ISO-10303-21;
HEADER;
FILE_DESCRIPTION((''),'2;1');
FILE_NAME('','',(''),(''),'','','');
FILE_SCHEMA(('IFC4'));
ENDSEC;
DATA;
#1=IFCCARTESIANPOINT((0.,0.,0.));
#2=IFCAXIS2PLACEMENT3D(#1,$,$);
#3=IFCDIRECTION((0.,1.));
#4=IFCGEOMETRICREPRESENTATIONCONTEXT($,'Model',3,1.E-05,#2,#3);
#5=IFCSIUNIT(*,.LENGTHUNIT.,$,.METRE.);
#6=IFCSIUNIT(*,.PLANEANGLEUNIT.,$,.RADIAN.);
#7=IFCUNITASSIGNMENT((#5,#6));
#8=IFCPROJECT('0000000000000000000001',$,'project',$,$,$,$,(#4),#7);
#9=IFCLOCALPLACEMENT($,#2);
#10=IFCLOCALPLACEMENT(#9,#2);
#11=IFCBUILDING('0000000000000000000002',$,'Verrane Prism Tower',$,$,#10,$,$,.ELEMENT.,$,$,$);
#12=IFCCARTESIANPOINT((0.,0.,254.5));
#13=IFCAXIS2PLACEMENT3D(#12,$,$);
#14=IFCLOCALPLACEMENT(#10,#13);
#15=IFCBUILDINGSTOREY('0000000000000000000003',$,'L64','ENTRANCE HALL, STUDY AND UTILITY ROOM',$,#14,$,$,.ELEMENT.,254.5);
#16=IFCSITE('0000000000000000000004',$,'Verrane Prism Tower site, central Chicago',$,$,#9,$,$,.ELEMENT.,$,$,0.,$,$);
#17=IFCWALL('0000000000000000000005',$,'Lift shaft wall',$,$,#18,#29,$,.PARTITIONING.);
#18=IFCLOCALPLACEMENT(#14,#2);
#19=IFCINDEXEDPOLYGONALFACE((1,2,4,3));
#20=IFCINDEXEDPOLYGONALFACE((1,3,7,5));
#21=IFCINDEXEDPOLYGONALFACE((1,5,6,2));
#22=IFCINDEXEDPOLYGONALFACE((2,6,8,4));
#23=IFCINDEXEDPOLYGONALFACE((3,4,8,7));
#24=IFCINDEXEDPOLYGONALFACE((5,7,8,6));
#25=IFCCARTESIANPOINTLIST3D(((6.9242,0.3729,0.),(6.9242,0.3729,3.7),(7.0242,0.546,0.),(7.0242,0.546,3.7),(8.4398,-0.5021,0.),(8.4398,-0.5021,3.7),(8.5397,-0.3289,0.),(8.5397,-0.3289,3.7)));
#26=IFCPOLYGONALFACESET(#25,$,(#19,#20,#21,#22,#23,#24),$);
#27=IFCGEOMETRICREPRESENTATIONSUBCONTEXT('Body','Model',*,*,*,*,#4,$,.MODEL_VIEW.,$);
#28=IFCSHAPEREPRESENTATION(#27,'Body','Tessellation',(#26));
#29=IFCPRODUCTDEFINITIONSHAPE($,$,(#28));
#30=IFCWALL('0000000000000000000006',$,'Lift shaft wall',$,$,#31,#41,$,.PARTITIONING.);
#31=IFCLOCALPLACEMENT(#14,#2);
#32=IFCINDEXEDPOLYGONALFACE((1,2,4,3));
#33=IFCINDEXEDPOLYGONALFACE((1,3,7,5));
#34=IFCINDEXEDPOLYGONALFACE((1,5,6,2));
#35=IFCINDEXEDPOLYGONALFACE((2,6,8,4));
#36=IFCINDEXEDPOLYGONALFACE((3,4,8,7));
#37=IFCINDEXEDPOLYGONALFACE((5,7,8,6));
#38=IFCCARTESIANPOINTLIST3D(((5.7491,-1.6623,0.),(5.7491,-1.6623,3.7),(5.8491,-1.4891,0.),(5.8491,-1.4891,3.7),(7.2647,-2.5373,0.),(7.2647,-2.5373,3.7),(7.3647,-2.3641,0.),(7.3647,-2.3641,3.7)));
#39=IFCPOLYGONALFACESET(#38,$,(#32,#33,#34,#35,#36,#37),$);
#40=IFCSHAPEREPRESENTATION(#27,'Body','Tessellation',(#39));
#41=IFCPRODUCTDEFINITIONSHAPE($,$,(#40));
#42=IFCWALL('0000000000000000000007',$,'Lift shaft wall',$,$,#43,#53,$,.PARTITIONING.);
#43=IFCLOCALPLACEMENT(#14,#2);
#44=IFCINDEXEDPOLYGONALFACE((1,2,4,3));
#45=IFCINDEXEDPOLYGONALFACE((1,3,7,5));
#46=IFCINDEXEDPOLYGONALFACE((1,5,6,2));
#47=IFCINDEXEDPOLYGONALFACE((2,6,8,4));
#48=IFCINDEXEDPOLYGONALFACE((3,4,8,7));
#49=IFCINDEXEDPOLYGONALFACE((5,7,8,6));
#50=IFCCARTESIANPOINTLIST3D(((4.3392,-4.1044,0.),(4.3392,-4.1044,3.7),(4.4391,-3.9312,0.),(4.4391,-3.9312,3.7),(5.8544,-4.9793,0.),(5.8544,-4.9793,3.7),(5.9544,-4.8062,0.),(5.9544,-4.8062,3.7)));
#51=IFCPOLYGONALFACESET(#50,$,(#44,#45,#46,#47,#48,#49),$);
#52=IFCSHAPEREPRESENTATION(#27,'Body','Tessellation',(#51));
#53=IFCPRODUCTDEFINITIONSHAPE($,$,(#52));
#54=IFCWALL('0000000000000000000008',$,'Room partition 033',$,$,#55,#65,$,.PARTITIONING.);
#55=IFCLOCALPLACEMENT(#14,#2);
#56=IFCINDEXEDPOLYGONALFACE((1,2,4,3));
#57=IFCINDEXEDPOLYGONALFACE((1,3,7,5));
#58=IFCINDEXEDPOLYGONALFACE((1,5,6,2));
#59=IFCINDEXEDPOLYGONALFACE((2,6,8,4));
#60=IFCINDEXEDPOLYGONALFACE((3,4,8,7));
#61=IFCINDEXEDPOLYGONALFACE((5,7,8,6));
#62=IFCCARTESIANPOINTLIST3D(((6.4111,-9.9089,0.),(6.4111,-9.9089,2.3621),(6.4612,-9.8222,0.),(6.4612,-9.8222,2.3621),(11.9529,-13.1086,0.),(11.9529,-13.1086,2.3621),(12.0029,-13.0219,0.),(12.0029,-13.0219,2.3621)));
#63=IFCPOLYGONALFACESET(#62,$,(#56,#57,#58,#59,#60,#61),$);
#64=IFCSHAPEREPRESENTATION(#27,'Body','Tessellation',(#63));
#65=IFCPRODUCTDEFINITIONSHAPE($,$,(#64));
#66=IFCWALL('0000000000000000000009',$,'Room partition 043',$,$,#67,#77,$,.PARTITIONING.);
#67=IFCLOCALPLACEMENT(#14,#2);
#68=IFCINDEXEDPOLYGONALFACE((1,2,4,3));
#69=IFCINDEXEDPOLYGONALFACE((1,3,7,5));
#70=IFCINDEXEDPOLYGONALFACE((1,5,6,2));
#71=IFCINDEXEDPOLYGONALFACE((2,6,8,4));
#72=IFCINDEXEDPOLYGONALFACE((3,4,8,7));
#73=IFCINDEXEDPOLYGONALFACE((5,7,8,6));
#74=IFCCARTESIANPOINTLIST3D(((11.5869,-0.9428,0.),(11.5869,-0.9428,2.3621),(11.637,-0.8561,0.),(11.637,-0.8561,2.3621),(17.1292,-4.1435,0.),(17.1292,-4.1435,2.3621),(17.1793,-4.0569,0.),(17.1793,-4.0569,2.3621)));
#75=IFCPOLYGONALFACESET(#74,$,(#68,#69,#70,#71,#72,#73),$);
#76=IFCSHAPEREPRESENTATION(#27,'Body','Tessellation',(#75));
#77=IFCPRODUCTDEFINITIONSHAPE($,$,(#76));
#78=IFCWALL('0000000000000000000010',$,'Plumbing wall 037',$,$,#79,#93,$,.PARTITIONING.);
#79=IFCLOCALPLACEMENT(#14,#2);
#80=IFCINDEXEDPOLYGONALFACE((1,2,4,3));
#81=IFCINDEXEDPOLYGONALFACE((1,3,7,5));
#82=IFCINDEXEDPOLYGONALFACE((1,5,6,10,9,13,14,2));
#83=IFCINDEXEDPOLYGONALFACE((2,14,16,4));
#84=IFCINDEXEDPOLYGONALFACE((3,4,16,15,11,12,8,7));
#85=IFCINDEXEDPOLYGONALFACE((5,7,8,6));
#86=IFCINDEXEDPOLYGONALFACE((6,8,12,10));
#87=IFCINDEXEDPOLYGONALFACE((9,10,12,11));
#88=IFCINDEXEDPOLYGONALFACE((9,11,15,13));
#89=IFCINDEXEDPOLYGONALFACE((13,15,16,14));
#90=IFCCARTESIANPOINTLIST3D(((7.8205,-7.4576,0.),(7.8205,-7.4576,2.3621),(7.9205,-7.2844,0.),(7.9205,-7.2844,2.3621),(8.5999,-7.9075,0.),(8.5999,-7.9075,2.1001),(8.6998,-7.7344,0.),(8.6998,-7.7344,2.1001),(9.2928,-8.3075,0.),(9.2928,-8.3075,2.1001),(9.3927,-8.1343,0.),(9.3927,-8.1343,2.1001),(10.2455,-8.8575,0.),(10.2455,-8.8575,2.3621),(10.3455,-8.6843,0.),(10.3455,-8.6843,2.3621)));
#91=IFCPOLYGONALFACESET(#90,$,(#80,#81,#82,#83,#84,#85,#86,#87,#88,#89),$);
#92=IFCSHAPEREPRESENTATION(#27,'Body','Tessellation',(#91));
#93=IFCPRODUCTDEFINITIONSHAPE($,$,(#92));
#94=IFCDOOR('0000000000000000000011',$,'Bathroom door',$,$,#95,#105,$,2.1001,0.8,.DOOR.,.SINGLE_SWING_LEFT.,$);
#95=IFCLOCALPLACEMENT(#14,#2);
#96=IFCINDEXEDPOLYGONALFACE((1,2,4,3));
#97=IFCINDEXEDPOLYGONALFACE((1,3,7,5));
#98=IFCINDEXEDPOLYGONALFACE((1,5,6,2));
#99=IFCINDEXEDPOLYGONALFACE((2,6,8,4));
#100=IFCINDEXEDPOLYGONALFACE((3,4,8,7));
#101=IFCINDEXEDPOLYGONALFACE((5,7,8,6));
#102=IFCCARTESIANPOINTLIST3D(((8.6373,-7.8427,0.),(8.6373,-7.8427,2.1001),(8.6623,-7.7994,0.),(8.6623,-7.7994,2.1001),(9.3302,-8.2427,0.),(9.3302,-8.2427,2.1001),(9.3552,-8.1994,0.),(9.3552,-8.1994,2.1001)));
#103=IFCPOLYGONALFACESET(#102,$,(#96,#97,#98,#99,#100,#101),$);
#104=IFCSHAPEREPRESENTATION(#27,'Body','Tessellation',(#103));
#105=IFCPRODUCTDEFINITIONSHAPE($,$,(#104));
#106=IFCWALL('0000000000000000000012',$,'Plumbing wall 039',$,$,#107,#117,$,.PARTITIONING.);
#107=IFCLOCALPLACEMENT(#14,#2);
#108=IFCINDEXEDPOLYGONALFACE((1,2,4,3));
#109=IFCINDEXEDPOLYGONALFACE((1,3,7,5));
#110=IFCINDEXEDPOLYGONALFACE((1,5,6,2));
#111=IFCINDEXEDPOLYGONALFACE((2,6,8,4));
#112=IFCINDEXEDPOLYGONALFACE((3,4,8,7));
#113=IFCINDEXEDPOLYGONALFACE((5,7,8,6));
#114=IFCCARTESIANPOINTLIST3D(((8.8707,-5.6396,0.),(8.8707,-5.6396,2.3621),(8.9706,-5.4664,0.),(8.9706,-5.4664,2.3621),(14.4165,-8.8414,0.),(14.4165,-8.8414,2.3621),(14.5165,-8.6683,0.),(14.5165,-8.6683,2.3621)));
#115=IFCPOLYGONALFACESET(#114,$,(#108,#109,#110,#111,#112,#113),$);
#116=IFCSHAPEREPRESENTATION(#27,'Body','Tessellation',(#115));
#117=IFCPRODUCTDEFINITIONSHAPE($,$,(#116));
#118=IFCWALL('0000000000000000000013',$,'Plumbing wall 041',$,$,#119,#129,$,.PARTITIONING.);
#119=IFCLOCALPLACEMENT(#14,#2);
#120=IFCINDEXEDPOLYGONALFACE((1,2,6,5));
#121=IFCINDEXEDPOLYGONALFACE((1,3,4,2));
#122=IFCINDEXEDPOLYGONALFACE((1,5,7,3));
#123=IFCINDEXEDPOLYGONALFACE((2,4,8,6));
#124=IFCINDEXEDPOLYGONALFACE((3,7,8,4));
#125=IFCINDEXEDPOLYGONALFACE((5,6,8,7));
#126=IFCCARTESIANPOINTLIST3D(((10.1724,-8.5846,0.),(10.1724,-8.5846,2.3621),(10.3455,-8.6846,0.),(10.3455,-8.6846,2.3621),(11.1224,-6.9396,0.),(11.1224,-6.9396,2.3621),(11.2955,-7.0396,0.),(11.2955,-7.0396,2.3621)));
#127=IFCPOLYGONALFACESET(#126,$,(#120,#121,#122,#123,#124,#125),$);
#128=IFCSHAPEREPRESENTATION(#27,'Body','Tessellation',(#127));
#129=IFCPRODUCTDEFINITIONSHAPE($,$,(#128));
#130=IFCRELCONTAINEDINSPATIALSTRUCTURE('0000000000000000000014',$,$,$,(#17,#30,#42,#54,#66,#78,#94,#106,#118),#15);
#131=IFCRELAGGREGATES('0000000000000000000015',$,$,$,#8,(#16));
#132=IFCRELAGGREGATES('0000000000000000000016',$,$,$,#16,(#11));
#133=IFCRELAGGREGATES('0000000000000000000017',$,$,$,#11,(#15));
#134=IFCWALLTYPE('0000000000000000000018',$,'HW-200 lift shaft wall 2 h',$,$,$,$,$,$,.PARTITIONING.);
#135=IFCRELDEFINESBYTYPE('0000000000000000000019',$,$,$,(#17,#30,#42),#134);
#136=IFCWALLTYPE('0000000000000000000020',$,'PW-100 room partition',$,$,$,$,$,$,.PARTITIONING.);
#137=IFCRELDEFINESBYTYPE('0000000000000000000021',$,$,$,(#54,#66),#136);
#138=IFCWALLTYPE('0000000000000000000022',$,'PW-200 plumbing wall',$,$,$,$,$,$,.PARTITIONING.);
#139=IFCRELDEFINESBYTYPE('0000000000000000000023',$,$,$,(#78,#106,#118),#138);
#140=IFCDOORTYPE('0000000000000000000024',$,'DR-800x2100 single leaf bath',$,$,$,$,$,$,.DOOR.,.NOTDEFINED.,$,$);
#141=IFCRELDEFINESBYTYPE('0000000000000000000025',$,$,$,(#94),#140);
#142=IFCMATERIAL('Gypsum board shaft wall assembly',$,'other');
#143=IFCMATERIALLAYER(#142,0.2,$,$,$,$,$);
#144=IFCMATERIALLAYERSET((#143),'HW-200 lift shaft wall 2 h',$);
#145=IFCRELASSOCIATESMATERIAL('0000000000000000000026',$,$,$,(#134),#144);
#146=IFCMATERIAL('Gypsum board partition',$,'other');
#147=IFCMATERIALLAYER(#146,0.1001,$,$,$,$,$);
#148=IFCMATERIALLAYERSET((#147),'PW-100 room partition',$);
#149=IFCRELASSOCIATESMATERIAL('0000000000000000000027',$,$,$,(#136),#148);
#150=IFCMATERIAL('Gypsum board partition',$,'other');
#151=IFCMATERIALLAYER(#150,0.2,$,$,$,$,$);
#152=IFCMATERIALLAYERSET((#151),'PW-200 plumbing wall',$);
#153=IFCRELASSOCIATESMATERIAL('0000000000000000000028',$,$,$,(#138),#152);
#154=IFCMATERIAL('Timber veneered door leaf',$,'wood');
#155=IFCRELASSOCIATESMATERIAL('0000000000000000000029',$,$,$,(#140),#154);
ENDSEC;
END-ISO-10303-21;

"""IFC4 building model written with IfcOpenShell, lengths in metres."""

from ifc_helpers import new_model, si_unit, direction, frame, frame_2d, origin, place, context, subcontext, project, spatial, rectangle, extrude, material, layer, layer_set, type_object, element, fill, save


model = new_model("IFC4")

# Units and contexts
model_context = context("Model", 3, precision=1e-05, world=origin(), true_north=direction((0.0, 1.0)))
body_context = subcontext(model_context, "Body", "Model", "MODEL_VIEW")
ifc_project = project(units=[si_unit("LENGTHUNIT", "METRE"), si_unit("PLANEANGLEUNIT", "RADIAN")], contexts=[model_context])

# Site, building, storey
site_placement = place(None, origin())
site = spatial("IfcSite", under=ifc_project, at=site_placement, Name="Verrane Prism Tower site, central Chicago", CompositionType="ELEMENT", RefElevation=0.0)
building_placement = place(site_placement, origin())
building = spatial("IfcBuilding", under=site, at=building_placement, Name="Verrane Prism Tower", CompositionType="ELEMENT")
storey_placement = place(building_placement, frame((0.0, 0.0, 254.5)))
storey = spatial("IfcBuildingStorey", under=building, at=storey_placement, Name="L64", Description="ENTRANCE HALL, STUDY AND UTILITY ROOM", CompositionType="ELEMENT", Elevation=254.5)

# Walls
ifc_material_1 = material(Name="Gypsum board shaft wall assembly", Category="other")
ifc_layer_1 = layer(ifc_material_1, 0.2)
ifc_layer_set_1 = layer_set([ifc_layer_1], Name="HW-200 lift shaft wall 2 h")
wall_type_1 = type_object("IfcWallType", Name="HW-200 lift shaft wall 2 h", PredefinedType="PARTITIONING", material=ifc_layer_set_1)
for number, where, z_axis, x_axis, name in (
    (1, (8.4897, -0.4155, 0.0), (0.0, 0.0, 1.0), (-0.866037, 0.49998, 0.0), "Lift shaft wall"),
    (2, (7.3147, -2.4507, 0.0), (0.0, 0.0, 1.0), (-0.866037, 0.49998, 0.0), "Lift shaft wall"),
):
    element("IfcWall", number, at=place(storey_placement, frame(where, z_axis=z_axis, x_axis=x_axis)), inside=storey, type_object=wall_type_1, Name=name, PredefinedType="PARTITIONING", context=body_context, shape_type="SweptSolid", body=[
        extrude(rectangle(XDim=1.75, YDim=0.2, at=frame_2d((0.875, 0.0))), origin(), (0.0, 0.0, 1.0), 3.7),
    ])
wall_1_placement = place(storey_placement, frame((5.9045, -4.8928, 0.0), z_axis=(0.0, 0.0, 1.0), x_axis=(-0.866002, 0.50004, 0.0)))
element("IfcWall", 3, at=wall_1_placement, inside=storey, type_object=wall_type_1, Name="Lift shaft wall", PredefinedType="PARTITIONING", context=body_context, shape_type="SweptSolid", body=[
    extrude(rectangle(XDim=1.7498, YDim=0.2, at=frame_2d((0.875, 0.0))), origin(), (0.0, 0.0, 1.0), 3.7),
])
ifc_material_2 = material(Name="Gypsum board partition", Category="other")
ifc_layer_2 = layer(ifc_material_2, 0.1001)
ifc_layer_set_2 = layer_set([ifc_layer_2], Name="PW-100 room partition")
wall_type_2 = type_object("IfcWallType", Name="PW-100 room partition", PredefinedType="PARTITIONING", material=ifc_layer_set_2)
wall_2_placement = place(storey_placement, frame((6.436, -9.8655, 0.0), z_axis=(0.0, 0.0, 1.0), x_axis=(0.866013, -0.500021, 0.0)))
element("IfcWall", 4, at=wall_2_placement, inside=storey, type_object=wall_type_2, Name="Room partition 033", PredefinedType="PARTITIONING", context=body_context, shape_type="SweptSolid", body=[
    extrude(rectangle(XDim=6.3992, YDim=0.1001, at=frame_2d((3.1997, 0.0))), origin(), (0.0, 0.0, 1.0), 2.3621),
])
wall_3_placement = place(storey_placement, frame((11.6118, -0.8994, 0.0), z_axis=(0.0, 0.0, 1.0), x_axis=(0.865966, -0.500102, 0.0)))
element("IfcWall", 5, at=wall_3_placement, inside=storey, type_object=wall_type_2, Name="Room partition 043", PredefinedType="PARTITIONING", context=body_context, shape_type="SweptSolid", body=[
    extrude(rectangle(XDim=6.4001, YDim=0.1001, at=frame_2d((3.2002, 0.0))), origin(), (0.0, 0.0, 1.0), 2.3621),
])

# Wall, opening, door
ifc_material_3 = material(Name="Gypsum board partition", Category="other")
ifc_layer_3 = layer(ifc_material_3, 0.2)
ifc_layer_set_3 = layer_set([ifc_layer_3], Name="PW-200 plumbing wall")
wall_type_3 = type_object("IfcWallType", Name="PW-200 plumbing wall", PredefinedType="PARTITIONING", material=ifc_layer_set_3)
wall_4_placement = place(storey_placement, frame((7.8706, -7.3711, 0.0), z_axis=(0.0, 0.0, 1.0), x_axis=(0.866056, -0.499946, 0.0)))
wall_4 = element("IfcWall", 6, at=wall_4_placement, inside=storey, type_object=wall_type_3, Name="Plumbing wall 037", PredefinedType="PARTITIONING", context=body_context, shape_type="SweptSolid", body=[
    extrude(rectangle(XDim=2.8, YDim=0.2, at=frame_2d((1.3999, 0.0))), origin(), (0.0, 0.0, 1.0), 2.3621),
])
opening_placement = place(wall_4_placement, frame((0.8999, 0.0, 0.0)))
opening = element("IfcOpeningElement", 7, at=opening_placement, cuts=wall_4, PredefinedType="OPENING", context=body_context, shape_type="SweptSolid", body=[
    extrude(rectangle(XDim=0.8, YDim=2.1001, at=frame_2d((0.3999, 1.05))), frame((0.0, 0.1099, 0.0), z_axis=(0.0, -1.0, 0.0), x_axis=(1.0, 0.0, 0.0)), (0.0, 0.0, 1.0), 0.22),
])
ifc_material_4 = material(Name="Timber veneered door leaf", Category="wood")
door_type = type_object("IfcDoorType", Name="DR-800x2100 single leaf bath", OperationType="NOTDEFINED", PredefinedType="DOOR", material=ifc_material_4)
door_placement = place(opening_placement, origin())
door = element("IfcDoor", 8, at=door_placement, inside=storey, type_object=door_type, Name="Bathroom door", OperationType="SINGLE_SWING_LEFT", OverallHeight=2.1001, OverallWidth=0.8, PredefinedType="DOOR", context=body_context, shape_type="SweptSolid", body=[
    extrude(rectangle(XDim=0.8, YDim=2.1001, at=frame_2d((0.3999, 1.05))), frame((0.0, 0.0249, 0.0), z_axis=(0.0, -1.0, 0.0), x_axis=(1.0, 0.0, 0.0)), (0.0, 0.0, 1.0), 0.05),
])
fill(opening, door)

# Walls
wall_5_placement = place(storey_placement, frame((8.9207, -5.553, 0.0), z_axis=(0.0, 0.0, 1.0), x_axis=(0.866027, -0.499997, 0.0)))
element("IfcWall", 9, at=wall_5_placement, inside=storey, type_object=wall_type_3, Name="Plumbing wall 039", PredefinedType="PARTITIONING", context=body_context, shape_type="SweptSolid", body=[
    extrude(rectangle(XDim=6.4038, YDim=0.2, at=frame_2d((3.2019, 0.0))), origin(), (0.0, 0.0, 1.0), 2.3621),
])
wall_6_placement = place(storey_placement, frame((10.259, -8.6345, 0.0), z_axis=(0.0, 0.0, 1.0), x_axis=(0.500078, 0.86598, 0.0)))
element("IfcWall", 10, at=wall_6_placement, inside=storey, type_object=wall_type_3, Name="Plumbing wall 041", PredefinedType="PARTITIONING", context=body_context, shape_type="SweptSolid", body=[
    extrude(rectangle(XDim=1.8997, YDim=0.2, at=frame_2d((0.9497, 0.0))), origin(), (0.0, 0.0, 1.0), 2.3621),
])

save(model, "model.ifc")
